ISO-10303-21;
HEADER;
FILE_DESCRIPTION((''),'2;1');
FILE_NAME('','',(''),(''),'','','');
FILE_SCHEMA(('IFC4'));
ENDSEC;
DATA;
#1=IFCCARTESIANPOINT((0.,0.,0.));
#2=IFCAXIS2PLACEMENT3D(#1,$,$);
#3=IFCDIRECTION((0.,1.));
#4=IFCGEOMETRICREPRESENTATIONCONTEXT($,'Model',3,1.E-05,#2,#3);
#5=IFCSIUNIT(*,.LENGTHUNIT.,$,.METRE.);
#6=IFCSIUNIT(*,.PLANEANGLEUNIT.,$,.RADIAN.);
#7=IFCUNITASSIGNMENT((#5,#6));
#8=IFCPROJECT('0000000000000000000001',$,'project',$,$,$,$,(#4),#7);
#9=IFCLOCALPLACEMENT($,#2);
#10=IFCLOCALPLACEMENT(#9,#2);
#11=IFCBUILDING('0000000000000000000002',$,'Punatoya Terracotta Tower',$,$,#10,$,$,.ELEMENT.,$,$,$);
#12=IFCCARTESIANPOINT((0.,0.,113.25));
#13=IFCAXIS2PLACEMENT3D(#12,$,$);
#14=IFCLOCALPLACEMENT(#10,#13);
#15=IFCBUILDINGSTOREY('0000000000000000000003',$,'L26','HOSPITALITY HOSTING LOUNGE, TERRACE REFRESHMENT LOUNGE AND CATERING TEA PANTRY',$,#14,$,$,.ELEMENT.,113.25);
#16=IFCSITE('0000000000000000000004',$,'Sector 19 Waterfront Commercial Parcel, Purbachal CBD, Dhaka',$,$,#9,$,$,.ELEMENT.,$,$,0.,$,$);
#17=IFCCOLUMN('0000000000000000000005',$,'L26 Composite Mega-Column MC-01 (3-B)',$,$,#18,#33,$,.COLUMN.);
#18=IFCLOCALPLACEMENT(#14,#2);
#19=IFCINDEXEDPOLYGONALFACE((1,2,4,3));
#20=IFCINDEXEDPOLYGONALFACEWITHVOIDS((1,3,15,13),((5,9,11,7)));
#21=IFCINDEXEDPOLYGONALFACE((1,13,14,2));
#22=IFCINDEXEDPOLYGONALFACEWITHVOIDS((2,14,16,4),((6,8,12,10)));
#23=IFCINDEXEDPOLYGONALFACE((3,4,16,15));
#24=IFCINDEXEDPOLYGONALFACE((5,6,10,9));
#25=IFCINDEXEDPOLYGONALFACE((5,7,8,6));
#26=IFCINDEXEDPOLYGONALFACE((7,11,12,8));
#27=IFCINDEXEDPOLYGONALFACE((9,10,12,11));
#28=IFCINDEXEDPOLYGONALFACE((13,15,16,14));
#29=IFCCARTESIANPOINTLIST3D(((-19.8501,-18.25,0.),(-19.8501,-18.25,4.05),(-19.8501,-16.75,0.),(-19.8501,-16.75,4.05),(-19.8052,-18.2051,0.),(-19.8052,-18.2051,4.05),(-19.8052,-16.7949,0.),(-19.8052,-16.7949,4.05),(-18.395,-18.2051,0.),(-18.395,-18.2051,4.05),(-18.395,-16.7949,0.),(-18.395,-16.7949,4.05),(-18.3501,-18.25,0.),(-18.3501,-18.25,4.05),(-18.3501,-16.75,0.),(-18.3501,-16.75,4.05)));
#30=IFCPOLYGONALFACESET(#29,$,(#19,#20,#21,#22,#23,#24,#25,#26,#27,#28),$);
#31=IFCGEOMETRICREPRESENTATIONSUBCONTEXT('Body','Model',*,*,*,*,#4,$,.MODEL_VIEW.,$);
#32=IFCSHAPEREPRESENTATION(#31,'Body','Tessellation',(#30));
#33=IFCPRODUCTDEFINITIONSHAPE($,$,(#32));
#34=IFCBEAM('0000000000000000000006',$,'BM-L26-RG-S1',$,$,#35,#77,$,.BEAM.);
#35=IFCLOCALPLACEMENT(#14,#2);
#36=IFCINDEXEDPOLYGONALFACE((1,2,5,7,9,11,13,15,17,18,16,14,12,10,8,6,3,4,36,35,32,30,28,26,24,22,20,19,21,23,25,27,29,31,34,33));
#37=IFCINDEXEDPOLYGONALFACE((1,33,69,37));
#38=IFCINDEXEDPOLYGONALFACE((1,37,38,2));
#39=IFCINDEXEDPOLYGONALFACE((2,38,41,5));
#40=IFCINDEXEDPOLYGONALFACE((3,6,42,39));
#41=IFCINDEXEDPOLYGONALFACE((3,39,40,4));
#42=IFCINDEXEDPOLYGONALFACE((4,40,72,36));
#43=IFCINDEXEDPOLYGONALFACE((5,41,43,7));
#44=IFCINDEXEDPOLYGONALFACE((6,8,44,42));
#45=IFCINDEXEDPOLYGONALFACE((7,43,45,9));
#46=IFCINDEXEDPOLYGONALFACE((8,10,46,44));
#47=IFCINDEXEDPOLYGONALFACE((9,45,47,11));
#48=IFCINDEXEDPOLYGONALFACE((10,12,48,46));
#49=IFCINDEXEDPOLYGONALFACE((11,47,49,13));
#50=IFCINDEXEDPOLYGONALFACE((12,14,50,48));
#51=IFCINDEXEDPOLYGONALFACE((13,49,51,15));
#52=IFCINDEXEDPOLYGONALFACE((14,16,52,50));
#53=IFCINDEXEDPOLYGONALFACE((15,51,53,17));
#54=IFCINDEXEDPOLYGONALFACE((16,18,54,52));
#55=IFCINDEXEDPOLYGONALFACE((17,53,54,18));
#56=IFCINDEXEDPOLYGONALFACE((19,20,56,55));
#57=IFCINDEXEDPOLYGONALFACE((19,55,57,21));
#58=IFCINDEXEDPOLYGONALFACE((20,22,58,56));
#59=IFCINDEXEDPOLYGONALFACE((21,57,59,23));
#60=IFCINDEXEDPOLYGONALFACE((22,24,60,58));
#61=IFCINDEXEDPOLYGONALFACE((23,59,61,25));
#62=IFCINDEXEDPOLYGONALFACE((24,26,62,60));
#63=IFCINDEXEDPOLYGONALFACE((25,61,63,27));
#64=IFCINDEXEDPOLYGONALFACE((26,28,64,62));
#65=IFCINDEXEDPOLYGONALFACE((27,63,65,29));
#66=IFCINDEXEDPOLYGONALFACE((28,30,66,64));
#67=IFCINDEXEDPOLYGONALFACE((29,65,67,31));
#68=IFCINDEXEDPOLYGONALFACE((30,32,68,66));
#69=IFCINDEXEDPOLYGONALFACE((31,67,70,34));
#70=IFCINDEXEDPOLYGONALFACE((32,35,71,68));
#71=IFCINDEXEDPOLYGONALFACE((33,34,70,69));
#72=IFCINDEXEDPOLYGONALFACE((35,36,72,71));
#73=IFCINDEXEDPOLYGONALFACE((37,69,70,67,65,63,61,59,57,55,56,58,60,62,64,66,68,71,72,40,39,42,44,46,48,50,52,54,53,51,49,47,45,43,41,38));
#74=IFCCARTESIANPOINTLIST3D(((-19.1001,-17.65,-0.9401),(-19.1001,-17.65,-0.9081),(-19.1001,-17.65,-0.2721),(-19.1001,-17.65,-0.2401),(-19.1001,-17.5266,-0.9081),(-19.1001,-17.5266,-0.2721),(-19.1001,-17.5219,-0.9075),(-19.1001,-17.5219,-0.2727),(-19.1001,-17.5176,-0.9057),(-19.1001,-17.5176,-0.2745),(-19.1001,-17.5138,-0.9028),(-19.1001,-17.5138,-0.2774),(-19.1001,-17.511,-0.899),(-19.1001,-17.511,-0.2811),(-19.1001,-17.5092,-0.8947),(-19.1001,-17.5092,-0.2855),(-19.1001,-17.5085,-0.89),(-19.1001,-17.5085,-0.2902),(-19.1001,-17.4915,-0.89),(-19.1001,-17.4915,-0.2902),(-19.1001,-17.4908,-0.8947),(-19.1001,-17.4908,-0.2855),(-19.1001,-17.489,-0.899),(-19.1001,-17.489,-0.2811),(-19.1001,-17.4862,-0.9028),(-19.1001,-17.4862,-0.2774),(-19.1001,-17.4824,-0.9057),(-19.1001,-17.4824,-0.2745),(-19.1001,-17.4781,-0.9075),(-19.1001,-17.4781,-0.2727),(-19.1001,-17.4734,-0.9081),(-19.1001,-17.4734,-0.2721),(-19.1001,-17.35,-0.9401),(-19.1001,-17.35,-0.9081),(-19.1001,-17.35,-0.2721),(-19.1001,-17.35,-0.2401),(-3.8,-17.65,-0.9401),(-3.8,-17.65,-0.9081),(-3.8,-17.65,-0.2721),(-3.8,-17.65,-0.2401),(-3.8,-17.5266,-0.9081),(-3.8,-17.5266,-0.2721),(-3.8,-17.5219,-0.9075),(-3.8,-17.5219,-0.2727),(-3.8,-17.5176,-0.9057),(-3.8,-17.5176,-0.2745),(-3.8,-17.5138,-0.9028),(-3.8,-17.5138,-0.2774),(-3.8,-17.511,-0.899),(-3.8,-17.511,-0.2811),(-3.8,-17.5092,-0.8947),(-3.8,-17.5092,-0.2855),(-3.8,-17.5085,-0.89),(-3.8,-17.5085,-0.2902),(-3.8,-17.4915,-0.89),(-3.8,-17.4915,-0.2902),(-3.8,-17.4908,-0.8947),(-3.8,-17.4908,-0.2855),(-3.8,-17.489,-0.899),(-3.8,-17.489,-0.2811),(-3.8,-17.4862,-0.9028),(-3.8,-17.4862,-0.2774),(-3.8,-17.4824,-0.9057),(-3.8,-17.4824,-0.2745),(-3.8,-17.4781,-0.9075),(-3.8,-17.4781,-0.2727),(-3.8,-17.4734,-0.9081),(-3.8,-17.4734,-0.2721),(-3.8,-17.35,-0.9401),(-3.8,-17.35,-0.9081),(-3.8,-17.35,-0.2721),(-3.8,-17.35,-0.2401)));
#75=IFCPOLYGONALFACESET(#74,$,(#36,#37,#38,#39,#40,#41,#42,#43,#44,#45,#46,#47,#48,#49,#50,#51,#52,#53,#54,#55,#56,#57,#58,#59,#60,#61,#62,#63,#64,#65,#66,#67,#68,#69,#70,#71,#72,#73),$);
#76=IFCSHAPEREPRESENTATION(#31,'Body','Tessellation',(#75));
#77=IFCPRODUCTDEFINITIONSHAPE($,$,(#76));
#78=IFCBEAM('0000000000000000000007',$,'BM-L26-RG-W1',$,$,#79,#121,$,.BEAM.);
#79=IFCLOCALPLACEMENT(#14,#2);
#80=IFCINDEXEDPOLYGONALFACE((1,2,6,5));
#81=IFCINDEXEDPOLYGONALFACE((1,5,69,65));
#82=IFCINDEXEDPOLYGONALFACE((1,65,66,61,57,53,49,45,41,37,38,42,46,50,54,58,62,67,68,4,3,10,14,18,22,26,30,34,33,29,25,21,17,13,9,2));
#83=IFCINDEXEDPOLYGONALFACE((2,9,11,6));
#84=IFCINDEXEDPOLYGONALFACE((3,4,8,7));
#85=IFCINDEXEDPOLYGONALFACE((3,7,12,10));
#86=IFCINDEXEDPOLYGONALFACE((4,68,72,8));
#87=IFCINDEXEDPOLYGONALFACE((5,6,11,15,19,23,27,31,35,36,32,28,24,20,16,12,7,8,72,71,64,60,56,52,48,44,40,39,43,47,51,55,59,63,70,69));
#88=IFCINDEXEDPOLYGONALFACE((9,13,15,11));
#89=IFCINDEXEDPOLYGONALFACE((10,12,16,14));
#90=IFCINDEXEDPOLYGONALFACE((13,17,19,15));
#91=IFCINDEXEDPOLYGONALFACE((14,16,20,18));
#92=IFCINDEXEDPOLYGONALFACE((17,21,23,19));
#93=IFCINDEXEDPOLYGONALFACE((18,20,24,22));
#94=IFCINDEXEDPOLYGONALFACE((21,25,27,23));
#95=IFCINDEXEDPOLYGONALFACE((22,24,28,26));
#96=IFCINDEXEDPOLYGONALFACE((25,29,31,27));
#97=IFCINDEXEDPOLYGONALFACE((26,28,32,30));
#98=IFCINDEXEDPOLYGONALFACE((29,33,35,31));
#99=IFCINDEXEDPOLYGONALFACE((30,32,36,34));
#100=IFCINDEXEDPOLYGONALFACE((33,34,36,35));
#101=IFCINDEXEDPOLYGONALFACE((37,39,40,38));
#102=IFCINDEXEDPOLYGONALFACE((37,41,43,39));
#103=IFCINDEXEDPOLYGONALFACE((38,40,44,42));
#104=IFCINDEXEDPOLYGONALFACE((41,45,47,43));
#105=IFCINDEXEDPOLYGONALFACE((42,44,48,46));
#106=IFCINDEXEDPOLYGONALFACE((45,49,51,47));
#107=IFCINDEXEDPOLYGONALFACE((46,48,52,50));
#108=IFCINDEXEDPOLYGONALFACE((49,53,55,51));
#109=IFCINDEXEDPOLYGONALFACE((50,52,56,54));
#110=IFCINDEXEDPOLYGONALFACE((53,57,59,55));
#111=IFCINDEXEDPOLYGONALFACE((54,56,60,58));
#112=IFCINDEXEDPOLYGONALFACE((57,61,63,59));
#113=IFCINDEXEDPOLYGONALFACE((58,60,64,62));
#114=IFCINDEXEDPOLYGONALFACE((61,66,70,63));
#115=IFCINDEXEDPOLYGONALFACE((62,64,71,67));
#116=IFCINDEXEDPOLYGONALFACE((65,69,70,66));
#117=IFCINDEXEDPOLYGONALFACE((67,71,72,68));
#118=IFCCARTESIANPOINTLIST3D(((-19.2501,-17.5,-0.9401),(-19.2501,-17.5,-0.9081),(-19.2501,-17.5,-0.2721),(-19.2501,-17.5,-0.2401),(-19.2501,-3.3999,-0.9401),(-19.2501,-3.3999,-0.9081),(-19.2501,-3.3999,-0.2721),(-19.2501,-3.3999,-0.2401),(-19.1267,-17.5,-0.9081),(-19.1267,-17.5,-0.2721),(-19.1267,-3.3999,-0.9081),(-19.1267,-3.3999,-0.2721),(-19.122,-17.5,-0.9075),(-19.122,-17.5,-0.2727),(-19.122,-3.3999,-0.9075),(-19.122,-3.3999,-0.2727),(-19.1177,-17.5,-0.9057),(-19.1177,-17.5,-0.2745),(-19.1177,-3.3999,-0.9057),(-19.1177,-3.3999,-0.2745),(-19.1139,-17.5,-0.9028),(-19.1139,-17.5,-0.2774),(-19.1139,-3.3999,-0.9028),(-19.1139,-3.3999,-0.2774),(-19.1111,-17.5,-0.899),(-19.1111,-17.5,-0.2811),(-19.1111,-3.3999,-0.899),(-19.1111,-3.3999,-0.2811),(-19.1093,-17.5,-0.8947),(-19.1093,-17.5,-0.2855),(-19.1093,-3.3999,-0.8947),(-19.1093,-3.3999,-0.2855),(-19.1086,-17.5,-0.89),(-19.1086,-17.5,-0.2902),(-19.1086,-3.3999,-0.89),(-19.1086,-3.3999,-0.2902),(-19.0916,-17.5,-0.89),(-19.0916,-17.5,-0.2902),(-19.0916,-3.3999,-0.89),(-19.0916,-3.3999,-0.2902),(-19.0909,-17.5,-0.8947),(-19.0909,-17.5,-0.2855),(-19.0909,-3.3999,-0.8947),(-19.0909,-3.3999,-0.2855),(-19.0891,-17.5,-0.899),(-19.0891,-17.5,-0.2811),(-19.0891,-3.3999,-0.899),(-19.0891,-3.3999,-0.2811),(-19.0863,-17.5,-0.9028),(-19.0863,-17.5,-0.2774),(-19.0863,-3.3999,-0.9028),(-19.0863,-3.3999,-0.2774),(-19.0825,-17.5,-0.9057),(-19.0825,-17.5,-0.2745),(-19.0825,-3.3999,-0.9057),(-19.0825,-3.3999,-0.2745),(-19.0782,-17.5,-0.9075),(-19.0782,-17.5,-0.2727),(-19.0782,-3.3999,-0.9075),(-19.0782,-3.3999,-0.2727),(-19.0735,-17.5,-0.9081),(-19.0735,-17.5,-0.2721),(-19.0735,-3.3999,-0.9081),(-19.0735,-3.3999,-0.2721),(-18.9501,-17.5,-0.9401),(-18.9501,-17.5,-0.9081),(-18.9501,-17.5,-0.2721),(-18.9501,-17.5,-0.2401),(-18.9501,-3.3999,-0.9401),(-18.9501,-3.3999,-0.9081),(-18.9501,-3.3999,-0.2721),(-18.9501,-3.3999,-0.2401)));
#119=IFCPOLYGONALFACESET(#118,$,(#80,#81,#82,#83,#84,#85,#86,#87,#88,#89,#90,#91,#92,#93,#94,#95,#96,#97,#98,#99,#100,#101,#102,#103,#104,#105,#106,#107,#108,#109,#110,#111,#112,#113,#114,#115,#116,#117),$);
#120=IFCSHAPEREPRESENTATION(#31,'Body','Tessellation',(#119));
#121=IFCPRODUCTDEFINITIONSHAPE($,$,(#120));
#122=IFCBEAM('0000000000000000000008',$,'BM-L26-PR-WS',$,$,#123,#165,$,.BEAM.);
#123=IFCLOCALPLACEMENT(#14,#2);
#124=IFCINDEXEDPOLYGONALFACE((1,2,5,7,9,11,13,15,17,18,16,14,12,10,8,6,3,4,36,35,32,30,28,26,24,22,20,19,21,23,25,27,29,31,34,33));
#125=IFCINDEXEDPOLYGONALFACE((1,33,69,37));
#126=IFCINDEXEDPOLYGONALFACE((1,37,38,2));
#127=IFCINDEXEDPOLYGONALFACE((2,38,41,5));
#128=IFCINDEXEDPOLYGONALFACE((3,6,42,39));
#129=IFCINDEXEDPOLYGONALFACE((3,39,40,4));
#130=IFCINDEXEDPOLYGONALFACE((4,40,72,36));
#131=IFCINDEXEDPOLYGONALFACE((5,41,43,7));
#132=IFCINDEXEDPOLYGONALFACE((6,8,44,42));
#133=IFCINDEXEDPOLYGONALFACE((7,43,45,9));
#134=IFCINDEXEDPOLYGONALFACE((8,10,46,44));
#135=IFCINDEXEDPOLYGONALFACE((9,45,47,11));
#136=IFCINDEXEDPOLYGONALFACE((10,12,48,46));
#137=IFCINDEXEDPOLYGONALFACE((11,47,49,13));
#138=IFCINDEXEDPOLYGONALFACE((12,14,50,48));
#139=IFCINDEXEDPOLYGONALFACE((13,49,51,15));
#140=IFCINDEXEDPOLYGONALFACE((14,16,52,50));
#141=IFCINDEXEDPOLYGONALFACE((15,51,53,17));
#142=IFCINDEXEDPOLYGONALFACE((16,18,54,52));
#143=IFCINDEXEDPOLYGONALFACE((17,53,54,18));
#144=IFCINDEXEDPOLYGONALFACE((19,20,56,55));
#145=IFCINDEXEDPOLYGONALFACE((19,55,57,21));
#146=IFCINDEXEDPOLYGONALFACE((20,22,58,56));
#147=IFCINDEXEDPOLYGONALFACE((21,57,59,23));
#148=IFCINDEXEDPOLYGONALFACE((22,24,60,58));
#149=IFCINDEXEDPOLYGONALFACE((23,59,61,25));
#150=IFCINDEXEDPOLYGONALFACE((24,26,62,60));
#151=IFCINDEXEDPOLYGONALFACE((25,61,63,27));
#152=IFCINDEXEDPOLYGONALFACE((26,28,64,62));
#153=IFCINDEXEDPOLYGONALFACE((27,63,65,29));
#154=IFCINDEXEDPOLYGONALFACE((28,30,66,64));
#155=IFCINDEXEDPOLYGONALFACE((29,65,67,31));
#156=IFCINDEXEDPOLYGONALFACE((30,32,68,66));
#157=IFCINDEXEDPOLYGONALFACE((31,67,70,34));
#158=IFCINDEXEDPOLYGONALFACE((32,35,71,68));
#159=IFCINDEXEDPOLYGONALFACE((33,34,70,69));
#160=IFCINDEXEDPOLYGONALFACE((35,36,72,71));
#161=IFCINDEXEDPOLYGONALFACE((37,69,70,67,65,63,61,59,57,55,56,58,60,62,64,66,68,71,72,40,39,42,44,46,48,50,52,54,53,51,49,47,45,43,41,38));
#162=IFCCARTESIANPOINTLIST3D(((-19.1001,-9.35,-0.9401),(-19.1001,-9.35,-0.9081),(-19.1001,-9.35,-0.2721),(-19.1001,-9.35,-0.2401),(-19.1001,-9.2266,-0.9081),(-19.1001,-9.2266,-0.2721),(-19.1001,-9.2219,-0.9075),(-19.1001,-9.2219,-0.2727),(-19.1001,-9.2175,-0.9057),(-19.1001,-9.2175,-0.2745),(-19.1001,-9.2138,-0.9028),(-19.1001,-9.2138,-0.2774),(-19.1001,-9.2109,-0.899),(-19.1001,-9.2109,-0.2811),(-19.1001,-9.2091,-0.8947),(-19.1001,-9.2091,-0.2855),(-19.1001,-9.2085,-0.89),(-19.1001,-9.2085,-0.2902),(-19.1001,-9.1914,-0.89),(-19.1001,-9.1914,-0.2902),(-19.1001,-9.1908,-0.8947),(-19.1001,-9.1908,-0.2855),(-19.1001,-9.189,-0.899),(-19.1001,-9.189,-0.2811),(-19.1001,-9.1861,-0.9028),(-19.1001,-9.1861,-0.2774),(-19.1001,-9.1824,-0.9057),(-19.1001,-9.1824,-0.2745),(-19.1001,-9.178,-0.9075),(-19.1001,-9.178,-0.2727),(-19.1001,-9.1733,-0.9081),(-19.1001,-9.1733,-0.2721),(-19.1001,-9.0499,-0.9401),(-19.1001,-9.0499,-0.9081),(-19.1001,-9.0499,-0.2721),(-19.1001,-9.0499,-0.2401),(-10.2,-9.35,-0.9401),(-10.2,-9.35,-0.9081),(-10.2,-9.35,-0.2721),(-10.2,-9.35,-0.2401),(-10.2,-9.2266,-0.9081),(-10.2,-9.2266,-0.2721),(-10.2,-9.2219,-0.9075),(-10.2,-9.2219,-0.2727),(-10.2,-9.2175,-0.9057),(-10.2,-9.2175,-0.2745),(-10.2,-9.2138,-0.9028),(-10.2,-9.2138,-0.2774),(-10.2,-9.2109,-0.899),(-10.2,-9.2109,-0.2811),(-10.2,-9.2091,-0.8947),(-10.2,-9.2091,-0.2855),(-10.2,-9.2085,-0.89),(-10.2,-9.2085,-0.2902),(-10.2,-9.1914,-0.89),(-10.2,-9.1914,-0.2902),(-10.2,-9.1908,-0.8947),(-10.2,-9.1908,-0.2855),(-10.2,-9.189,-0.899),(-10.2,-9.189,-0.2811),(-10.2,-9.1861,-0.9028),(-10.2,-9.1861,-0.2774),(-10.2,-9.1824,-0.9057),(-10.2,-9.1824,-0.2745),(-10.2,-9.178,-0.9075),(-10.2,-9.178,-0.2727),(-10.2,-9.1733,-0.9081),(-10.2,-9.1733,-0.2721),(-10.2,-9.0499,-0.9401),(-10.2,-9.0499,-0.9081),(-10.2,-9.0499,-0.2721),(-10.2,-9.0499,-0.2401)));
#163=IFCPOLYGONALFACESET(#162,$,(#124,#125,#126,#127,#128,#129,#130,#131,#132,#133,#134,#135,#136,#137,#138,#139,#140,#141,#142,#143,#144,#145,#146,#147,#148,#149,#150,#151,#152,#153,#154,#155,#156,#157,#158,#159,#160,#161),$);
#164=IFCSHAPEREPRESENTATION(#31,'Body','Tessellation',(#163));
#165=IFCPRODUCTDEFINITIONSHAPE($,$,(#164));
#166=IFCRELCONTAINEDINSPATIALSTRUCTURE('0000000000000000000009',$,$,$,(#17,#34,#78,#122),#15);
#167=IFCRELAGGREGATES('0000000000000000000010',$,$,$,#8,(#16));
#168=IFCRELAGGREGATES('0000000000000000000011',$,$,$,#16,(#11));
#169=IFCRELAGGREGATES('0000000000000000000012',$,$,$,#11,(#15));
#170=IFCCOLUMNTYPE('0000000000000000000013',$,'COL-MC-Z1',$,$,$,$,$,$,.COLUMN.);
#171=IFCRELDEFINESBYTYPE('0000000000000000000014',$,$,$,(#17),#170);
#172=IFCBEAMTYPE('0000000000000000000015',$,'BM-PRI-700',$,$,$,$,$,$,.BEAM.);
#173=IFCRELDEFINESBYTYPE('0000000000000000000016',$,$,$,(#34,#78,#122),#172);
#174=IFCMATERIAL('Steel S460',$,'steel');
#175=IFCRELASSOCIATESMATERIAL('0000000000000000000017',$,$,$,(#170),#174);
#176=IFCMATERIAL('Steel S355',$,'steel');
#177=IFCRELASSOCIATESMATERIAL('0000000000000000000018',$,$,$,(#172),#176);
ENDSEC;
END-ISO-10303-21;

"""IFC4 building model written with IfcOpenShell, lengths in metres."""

from ifc_helpers import new_model, si_unit, direction, frame, origin, origin_2d, place, context, subcontext, project, spatial, hollow_rectangle, i_section, extrude, material, material_profile, profile_set, type_object, element, save


model = new_model("IFC4")

# Units and contexts
model_context = context("Model", 3, precision=1e-05, world=origin(), true_north=direction((0.0, 1.0)))
body_context = subcontext(model_context, "Body", "Model", "MODEL_VIEW")
ifc_project = project(units=[si_unit("LENGTHUNIT", "METRE"), si_unit("PLANEANGLEUNIT", "RADIAN")], contexts=[model_context])

# Site, building, storey
site_placement = place(None, origin())
site = spatial("IfcSite", under=ifc_project, at=site_placement, Name="Sector 19 Waterfront Commercial Parcel, Purbachal CBD, Dhaka", CompositionType="ELEMENT", RefElevation=0.0)
building_placement = place(site_placement, origin())
building = spatial("IfcBuilding", under=site, at=building_placement, Name="Punatoya Terracotta Tower", CompositionType="ELEMENT")
storey_placement = place(building_placement, frame((0.0, 0.0, 113.25)))
storey = spatial("IfcBuildingStorey", under=building, at=storey_placement, Name="L26", Description="HOSPITALITY HOSTING LOUNGE, TERRACE REFRESHMENT LOUNGE AND CATERING TEA PANTRY", CompositionType="ELEMENT", Elevation=113.25)

# Column
ifc_material_1 = material(Name="Steel S460", Category="steel")
ifc_material_profile_1 = material_profile(ifc_material_1, hollow_rectangle(XDim=1.5, YDim=1.5, WallThickness=0.0449, at=origin_2d()))
ifc_profile_set_1 = profile_set([ifc_material_profile_1], Name="Steel S460")
column_type = type_object("IfcColumnType", Name="COL-MC-Z1", PredefinedType="COLUMN", material=ifc_profile_set_1)
column_placement = place(storey_placement, frame((-19.1001, -17.5, 0.0), z_axis=(0.0, 0.0, 1.0), x_axis=(1.0, 0.0, 0.0)))
element("IfcColumn", 1, at=column_placement, inside=storey, type_object=column_type, Name="L26 Composite Mega-Column MC-01 (3-B)", PredefinedType="COLUMN", context=body_context, shape_type="SweptSolid", body=[
    extrude(hollow_rectangle(XDim=1.5, YDim=1.5, WallThickness=0.0449, at=origin_2d()), origin(), (0.0, 0.0, 1.0), 4.05),
])

# Beams
ifc_material_2 = material(Name="Steel S355", Category="steel")
ifc_material_profile_2 = material_profile(ifc_material_2, i_section(OverallWidth=0.3, OverallDepth=0.7, WebThickness=0.0171, FlangeThickness=0.032, FilletRadius=0.0181, at=origin_2d()))
ifc_profile_set_2 = profile_set([ifc_material_profile_2], Name="Steel S355")
beam_type_1 = type_object("IfcBeamType", Name="BM-PRI-700", PredefinedType="BEAM", material=ifc_profile_set_2)
beam_1_placement = place(storey_placement, frame((-19.1001, -17.5, -0.5901), z_axis=(1.0, 0.0, 0.0), x_axis=(0.0, 1.0, 0.0)))
element("IfcBeam", 2, at=beam_1_placement, inside=storey, type_object=beam_type_1, Name="BM-L26-RG-S1", PredefinedType="BEAM", context=body_context, shape_type="SweptSolid", body=[
    extrude(i_section(OverallWidth=0.3, OverallDepth=0.7, WebThickness=0.0171, FlangeThickness=0.032, FilletRadius=0.0181, at=origin_2d()), origin(), (0.0, 0.0, 1.0), 15.3),
])
beam_2_placement = place(storey_placement, frame((-19.1001, -17.5, -0.5901), z_axis=(0.0, 1.0, 0.0), x_axis=(-1.0, 0.0, 0.0)))
element("IfcBeam", 3, at=beam_2_placement, inside=storey, type_object=beam_type_1, Name="BM-L26-RG-W1", PredefinedType="BEAM", context=body_context, shape_type="SweptSolid", body=[
    extrude(i_section(OverallWidth=0.3, OverallDepth=0.7, WebThickness=0.0171, FlangeThickness=0.032, FilletRadius=0.0181, at=origin_2d()), origin(), (0.0, 0.0, 1.0), 14.1001),
])
beam_3_placement = place(storey_placement, frame((-19.1001, -9.2, -0.5901), z_axis=(1.0, 0.0, 0.0), x_axis=(0.0, 1.0, 0.0)))
element("IfcBeam", 4, at=beam_3_placement, inside=storey, type_object=beam_type_1, Name="BM-L26-PR-WS", PredefinedType="BEAM", context=body_context, shape_type="SweptSolid", body=[
    extrude(i_section(OverallWidth=0.3, OverallDepth=0.7, WebThickness=0.0171, FlangeThickness=0.032, FilletRadius=0.0181, at=origin_2d()), origin(), (0.0, 0.0, 1.0), 8.9001),
])

save(model, "model.ifc")
